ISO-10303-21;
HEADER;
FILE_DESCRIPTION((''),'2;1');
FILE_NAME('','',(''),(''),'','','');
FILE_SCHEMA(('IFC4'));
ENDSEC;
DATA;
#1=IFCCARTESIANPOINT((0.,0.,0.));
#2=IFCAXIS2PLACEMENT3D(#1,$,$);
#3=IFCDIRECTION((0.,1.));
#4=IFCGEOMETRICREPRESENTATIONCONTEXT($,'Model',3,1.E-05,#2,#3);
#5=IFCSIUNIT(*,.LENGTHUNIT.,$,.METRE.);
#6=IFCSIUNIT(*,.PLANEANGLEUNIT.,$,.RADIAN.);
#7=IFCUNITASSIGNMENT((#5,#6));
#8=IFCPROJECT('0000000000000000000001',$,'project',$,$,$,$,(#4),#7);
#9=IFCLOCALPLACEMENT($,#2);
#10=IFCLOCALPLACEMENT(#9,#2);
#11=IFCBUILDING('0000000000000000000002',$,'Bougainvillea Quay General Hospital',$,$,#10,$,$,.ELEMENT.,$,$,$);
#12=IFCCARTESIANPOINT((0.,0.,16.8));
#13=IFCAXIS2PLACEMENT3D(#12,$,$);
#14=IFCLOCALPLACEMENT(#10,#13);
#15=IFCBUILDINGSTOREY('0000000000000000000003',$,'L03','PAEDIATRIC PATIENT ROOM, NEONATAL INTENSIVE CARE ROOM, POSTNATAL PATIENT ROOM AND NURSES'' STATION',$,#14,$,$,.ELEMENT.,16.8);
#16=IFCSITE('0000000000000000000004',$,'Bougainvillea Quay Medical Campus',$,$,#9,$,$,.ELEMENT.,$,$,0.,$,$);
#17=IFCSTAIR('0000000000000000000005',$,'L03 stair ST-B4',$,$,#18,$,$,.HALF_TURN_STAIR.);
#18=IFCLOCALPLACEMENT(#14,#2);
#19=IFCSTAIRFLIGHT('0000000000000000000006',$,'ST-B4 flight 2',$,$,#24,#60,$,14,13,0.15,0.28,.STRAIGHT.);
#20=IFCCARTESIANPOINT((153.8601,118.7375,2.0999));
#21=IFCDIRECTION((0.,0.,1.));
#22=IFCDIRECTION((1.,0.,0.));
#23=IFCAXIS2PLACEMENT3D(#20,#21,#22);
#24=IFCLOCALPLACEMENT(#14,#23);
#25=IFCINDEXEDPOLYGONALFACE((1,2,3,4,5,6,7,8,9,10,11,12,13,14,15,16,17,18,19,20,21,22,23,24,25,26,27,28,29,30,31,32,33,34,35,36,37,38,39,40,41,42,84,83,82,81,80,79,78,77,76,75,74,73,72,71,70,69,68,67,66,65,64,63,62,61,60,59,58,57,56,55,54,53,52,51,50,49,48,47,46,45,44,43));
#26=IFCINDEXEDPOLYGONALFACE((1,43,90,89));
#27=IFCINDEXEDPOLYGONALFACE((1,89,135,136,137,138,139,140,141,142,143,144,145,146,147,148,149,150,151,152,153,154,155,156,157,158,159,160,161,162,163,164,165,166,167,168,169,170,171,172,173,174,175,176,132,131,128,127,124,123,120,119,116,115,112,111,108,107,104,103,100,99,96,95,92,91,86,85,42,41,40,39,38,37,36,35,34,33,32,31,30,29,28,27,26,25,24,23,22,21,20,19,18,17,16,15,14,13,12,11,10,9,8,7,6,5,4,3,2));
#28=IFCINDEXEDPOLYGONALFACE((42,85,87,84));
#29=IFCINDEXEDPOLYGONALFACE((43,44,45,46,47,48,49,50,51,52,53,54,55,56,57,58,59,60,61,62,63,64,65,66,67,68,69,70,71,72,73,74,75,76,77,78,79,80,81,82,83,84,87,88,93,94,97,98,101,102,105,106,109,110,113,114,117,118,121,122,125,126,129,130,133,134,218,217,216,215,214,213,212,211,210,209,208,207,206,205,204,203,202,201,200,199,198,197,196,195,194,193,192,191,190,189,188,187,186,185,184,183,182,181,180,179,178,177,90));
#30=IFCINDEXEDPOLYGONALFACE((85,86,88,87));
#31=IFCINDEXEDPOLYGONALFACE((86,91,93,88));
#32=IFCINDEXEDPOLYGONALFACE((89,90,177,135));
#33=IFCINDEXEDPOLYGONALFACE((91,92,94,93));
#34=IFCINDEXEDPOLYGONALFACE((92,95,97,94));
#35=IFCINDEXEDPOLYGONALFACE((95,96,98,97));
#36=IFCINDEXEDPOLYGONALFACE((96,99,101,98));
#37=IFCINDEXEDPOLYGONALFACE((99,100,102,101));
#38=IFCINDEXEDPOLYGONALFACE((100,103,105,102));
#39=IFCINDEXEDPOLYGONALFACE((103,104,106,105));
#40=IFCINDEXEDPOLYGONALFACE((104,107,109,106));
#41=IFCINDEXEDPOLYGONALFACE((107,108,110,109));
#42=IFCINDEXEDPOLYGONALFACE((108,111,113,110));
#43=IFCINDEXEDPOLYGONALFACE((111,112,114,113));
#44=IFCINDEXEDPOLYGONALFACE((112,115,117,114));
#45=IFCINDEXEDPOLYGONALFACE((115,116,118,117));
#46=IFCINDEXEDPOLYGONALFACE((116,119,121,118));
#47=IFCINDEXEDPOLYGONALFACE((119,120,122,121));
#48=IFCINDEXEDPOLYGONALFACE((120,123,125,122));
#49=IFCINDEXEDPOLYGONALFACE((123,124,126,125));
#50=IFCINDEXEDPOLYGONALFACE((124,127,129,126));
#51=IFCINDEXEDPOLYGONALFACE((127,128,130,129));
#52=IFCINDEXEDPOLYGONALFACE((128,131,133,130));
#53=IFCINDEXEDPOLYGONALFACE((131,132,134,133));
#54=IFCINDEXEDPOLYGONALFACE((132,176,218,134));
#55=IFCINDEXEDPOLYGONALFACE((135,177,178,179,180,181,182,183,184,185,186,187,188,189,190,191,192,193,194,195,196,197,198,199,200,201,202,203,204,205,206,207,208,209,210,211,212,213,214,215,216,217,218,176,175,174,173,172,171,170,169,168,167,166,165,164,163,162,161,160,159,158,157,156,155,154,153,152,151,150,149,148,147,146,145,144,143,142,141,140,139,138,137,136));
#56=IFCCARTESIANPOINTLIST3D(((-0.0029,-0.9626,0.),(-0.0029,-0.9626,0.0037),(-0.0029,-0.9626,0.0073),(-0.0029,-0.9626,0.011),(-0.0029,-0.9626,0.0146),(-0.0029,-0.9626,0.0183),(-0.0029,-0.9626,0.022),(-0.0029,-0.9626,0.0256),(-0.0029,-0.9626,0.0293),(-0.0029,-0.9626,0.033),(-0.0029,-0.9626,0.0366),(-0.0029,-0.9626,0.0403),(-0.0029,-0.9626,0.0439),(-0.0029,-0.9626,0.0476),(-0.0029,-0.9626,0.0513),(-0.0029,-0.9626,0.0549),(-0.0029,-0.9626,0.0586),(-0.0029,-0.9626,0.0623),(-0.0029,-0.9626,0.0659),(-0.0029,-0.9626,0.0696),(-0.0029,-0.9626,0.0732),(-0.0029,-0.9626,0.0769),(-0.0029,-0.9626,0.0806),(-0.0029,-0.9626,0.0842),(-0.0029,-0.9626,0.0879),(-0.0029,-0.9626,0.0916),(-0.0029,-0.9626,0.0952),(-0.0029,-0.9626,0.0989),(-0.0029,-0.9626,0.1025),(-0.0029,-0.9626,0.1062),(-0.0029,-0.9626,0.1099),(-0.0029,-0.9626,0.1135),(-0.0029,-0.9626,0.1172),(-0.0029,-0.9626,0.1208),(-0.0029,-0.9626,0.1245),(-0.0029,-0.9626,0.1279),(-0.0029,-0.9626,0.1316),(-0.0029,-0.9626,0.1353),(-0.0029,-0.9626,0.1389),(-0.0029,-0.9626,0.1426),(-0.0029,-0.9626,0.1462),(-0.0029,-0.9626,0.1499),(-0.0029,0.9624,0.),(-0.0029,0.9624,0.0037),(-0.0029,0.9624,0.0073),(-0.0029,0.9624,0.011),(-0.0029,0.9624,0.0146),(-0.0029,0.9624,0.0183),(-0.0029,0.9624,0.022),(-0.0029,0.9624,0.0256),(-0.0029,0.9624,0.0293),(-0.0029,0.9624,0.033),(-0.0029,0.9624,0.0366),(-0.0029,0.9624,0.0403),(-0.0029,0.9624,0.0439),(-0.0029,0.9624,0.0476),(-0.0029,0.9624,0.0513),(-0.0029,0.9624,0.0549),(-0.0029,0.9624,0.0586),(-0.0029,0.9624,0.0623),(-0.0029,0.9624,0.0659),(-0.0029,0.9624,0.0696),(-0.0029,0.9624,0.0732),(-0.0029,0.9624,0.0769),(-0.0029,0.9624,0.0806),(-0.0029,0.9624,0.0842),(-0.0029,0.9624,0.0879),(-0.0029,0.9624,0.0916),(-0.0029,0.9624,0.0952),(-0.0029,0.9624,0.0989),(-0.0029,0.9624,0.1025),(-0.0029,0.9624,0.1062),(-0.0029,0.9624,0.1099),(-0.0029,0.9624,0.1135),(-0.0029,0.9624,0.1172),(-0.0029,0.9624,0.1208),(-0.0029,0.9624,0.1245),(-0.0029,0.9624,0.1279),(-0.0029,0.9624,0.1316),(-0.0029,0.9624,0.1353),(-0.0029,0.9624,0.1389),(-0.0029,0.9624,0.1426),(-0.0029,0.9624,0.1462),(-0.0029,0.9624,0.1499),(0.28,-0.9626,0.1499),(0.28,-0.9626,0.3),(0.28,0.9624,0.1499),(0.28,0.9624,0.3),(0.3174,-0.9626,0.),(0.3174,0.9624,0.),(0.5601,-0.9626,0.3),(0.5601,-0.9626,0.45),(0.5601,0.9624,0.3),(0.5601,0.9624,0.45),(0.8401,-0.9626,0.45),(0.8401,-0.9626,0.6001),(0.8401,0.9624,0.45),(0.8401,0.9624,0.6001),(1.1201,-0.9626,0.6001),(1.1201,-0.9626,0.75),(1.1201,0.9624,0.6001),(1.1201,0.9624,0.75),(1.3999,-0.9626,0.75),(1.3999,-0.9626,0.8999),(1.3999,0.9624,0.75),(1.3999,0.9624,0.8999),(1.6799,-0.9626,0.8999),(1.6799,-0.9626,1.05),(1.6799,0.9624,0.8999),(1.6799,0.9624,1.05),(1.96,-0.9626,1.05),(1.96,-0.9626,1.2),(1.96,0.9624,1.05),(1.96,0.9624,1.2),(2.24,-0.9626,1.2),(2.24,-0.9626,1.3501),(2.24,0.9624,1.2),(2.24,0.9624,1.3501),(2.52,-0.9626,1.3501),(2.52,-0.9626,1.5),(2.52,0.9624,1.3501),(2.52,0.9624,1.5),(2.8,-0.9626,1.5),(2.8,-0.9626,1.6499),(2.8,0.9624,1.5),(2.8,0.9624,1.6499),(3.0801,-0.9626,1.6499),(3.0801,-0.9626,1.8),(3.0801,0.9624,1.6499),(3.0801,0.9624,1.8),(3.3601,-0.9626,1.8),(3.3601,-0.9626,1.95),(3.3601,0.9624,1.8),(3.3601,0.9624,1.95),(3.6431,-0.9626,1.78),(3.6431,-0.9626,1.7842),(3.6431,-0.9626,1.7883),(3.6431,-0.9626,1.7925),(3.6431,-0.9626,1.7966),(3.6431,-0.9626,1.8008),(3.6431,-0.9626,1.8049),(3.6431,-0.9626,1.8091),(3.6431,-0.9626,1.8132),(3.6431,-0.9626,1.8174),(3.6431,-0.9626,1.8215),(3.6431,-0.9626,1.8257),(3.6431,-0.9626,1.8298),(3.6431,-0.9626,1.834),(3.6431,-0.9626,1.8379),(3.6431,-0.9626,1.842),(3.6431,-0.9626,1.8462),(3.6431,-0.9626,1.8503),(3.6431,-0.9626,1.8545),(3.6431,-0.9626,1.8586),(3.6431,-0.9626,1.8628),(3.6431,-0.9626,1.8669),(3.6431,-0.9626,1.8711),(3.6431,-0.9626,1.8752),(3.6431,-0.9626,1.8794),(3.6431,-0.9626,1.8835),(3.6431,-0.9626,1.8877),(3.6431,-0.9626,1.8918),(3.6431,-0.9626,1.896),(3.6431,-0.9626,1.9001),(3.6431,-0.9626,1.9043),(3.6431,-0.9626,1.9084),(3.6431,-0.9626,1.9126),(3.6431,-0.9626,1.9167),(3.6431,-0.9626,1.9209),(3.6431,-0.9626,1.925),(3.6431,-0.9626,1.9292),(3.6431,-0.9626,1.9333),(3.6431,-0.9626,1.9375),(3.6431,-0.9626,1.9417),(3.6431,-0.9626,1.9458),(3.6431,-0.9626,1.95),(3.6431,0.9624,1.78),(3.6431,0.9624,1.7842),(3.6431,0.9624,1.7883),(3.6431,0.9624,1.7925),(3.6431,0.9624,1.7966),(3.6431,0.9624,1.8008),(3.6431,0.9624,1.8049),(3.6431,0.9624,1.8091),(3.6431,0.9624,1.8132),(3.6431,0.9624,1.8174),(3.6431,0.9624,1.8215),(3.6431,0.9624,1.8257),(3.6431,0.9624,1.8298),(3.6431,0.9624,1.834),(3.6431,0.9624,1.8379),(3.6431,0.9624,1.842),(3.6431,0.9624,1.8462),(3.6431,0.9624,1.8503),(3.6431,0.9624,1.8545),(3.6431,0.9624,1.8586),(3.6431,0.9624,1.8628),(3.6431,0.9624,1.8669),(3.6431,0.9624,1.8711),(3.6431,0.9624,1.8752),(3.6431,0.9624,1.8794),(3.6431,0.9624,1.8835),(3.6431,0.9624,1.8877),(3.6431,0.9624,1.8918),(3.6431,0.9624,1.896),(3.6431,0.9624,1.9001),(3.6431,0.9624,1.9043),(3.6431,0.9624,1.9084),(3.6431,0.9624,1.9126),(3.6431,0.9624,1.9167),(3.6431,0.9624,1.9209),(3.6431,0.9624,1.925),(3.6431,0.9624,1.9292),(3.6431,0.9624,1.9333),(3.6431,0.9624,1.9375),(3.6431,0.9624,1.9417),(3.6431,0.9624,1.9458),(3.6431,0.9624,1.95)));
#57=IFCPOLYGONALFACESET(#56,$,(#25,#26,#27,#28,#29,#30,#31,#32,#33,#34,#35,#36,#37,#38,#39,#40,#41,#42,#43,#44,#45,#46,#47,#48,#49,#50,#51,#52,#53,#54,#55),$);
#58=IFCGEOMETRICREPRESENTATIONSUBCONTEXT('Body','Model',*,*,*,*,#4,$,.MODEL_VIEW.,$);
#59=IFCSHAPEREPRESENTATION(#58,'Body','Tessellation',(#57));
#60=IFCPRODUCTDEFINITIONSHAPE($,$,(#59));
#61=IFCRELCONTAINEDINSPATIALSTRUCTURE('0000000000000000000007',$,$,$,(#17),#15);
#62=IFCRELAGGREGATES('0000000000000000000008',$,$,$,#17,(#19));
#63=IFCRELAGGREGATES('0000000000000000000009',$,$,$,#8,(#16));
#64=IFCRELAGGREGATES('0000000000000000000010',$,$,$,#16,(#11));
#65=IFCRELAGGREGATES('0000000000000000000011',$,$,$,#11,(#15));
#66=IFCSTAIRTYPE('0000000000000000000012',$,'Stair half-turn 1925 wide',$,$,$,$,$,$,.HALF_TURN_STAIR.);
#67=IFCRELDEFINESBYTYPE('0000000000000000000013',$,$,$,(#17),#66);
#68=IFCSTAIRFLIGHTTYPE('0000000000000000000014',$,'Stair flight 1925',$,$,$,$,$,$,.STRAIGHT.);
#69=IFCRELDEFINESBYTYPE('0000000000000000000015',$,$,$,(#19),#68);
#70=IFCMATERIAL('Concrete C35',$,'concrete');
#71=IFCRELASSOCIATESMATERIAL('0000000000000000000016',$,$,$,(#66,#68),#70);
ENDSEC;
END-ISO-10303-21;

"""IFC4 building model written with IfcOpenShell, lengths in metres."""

from ifc_helpers import new_model, si_unit, direction, frame, origin, place, context, subcontext, project, spatial, polyline, outline, extrude, material, type_object, element, aggregate, save


model = new_model("IFC4")

# Units and contexts
model_context = context("Model", 3, precision=1e-05, world=origin(), true_north=direction((0.0, 1.0)))
body_context = subcontext(model_context, "Body", "Model", "MODEL_VIEW")
ifc_project = project(units=[si_unit("LENGTHUNIT", "METRE"), si_unit("PLANEANGLEUNIT", "RADIAN")], contexts=[model_context])

# Site, building, storey
site_placement = place(None, origin())
site = spatial("IfcSite", under=ifc_project, at=site_placement, Name="Bougainvillea Quay Medical Campus", CompositionType="ELEMENT", RefElevation=0.0)
building_placement = place(site_placement, origin())
building = spatial("IfcBuilding", under=site, at=building_placement, Name="Bougainvillea Quay General Hospital", CompositionType="ELEMENT")
storey_placement = place(building_placement, frame((0.0, 0.0, 16.8)))
storey = spatial("IfcBuildingStorey", under=building, at=storey_placement, Name="L03", Description="PAEDIATRIC PATIENT ROOM, NEONATAL INTENSIVE CARE ROOM, POSTNATAL PATIENT ROOM AND NURSES' STATION", CompositionType="ELEMENT", Elevation=16.8)

# Stair, stair flight
ifc_material_1 = material(Name="Concrete C35", Category="concrete")
stair_type = type_object("IfcStairType", Name="Stair half-turn 1925 wide", PredefinedType="HALF_TURN_STAIR", material=ifc_material_1)
stair_placement = place(storey_placement, origin())
stair = element("IfcStair", 1, at=stair_placement, inside=storey, type_object=stair_type, Name="L03 stair ST-B4", PredefinedType="HALF_TURN_STAIR")
stair_flight_type = type_object("IfcStairFlightType", Name="Stair flight 1925", PredefinedType="STRAIGHT", material=ifc_material_1)
stair_flight_placement = place(storey_placement, frame((153.8601, 118.7375, 2.0999), z_axis=(0.0, 0.0, 1.0), x_axis=(1.0, 0.0, 0.0)))
stair_flight = element("IfcStairFlight", 2, at=stair_flight_placement, type_object=stair_flight_type, Name="ST-B4 flight 2", NumberOfRisers=14, NumberOfTreads=13, PredefinedType="STRAIGHT", RiserHeight=0.15, TreadLength=0.28, context=body_context, shape_type="SweptSolid", body=[
    extrude(outline(polyline([(-0.0029, 0.0), (-0.0029, 0.0037), (-0.0029, 0.0073), (-0.0029, 0.011), (-0.0029, 0.0146), (-0.0029, 0.0183), (-0.0029, 0.022), (-0.0029, 0.0256), (-0.0029, 0.0293), (-0.0029, 0.033), (-0.0029, 0.0366), (-0.0029, 0.0403), (-0.0029, 0.0439), (-0.0029, 0.0476), (-0.0029, 0.0513), (-0.0029, 0.0549), (-0.0029, 0.0586), (-0.0029, 0.0623), (-0.0029, 0.0659), (-0.0029, 0.0696), (-0.0029, 0.0732), (-0.0029, 0.0769), (-0.0029, 0.0806), (-0.0029, 0.0842), (-0.0029, 0.0879), (-0.0029, 0.0916), (-0.0029, 0.0952), (-0.0029, 0.0989), (-0.0029, 0.1025), (-0.0029, 0.1062), (-0.0029, 0.1099), (-0.0029, 0.1135), (-0.0029, 0.1172), (-0.0029, 0.1208), (-0.0029, 0.1245), (-0.0029, 0.1279), (-0.0029, 0.1316), (-0.0029, 0.1353), (-0.0029, 0.1389), (-0.0029, 0.1426), (-0.0029, 0.1462), (-0.0029, 0.1499), (0.28, 0.1499), (0.28, 0.3), (0.5601, 0.3), (0.5601, 0.45), (0.8401, 0.45), (0.8401, 0.6001), (1.1201, 0.6001), (1.1201, 0.75), (1.3999, 0.75), (1.3999, 0.8999), (1.6799, 0.8999), (1.6799, 1.05), (1.96, 1.05), (1.96, 1.2), (2.24, 1.2), (2.24, 1.3501), (2.52, 1.3501), (2.52, 1.5), (2.8, 1.5), (2.8, 1.6499), (3.0801, 1.6499), (3.0801, 1.8), (3.3601, 1.8), (3.3601, 1.95), (3.6431, 1.95), (3.6431, 1.9458), (3.6431, 1.9417), (3.6431, 1.9375), (3.6431, 1.9333), (3.6431, 1.9292), (3.6431, 1.925), (3.6431, 1.9209), (3.6431, 1.9167), (3.6431, 1.9126), (3.6431, 1.9084), (3.6431, 1.9043), (3.6431, 1.9001), (3.6431, 1.896), (3.6431, 1.8918), (3.6431, 1.8877), (3.6431, 1.8835), (3.6431, 1.8794), (3.6431, 1.8752), (3.6431, 1.8711), (3.6431, 1.8669), (3.6431, 1.8628), (3.6431, 1.8586), (3.6431, 1.8545), (3.6431, 1.8503), (3.6431, 1.8462), (3.6431, 1.842), (3.6431, 1.8379), (3.6431, 1.834), (3.6431, 1.8298), (3.6431, 1.8257), (3.6431, 1.8215), (3.6431, 1.8174), (3.6431, 1.8132), (3.6431, 1.8091), (3.6431, 1.8049), (3.6431, 1.8008), (3.6431, 1.7966), (3.6431, 1.7925), (3.6431, 1.7883), (3.6431, 1.7842), (3.6431, 1.78), (0.3174, 0.0), (-0.0029, 0.0)])), frame((0.0, 0.9624, 0.0), z_axis=(0.0, -1.0, 0.0), x_axis=(1.0, 0.0, 0.0)), (0.0, 0.0, 1.0), 1.925),
])
aggregate(stair, [stair_flight])

save(model, "model.ifc")
